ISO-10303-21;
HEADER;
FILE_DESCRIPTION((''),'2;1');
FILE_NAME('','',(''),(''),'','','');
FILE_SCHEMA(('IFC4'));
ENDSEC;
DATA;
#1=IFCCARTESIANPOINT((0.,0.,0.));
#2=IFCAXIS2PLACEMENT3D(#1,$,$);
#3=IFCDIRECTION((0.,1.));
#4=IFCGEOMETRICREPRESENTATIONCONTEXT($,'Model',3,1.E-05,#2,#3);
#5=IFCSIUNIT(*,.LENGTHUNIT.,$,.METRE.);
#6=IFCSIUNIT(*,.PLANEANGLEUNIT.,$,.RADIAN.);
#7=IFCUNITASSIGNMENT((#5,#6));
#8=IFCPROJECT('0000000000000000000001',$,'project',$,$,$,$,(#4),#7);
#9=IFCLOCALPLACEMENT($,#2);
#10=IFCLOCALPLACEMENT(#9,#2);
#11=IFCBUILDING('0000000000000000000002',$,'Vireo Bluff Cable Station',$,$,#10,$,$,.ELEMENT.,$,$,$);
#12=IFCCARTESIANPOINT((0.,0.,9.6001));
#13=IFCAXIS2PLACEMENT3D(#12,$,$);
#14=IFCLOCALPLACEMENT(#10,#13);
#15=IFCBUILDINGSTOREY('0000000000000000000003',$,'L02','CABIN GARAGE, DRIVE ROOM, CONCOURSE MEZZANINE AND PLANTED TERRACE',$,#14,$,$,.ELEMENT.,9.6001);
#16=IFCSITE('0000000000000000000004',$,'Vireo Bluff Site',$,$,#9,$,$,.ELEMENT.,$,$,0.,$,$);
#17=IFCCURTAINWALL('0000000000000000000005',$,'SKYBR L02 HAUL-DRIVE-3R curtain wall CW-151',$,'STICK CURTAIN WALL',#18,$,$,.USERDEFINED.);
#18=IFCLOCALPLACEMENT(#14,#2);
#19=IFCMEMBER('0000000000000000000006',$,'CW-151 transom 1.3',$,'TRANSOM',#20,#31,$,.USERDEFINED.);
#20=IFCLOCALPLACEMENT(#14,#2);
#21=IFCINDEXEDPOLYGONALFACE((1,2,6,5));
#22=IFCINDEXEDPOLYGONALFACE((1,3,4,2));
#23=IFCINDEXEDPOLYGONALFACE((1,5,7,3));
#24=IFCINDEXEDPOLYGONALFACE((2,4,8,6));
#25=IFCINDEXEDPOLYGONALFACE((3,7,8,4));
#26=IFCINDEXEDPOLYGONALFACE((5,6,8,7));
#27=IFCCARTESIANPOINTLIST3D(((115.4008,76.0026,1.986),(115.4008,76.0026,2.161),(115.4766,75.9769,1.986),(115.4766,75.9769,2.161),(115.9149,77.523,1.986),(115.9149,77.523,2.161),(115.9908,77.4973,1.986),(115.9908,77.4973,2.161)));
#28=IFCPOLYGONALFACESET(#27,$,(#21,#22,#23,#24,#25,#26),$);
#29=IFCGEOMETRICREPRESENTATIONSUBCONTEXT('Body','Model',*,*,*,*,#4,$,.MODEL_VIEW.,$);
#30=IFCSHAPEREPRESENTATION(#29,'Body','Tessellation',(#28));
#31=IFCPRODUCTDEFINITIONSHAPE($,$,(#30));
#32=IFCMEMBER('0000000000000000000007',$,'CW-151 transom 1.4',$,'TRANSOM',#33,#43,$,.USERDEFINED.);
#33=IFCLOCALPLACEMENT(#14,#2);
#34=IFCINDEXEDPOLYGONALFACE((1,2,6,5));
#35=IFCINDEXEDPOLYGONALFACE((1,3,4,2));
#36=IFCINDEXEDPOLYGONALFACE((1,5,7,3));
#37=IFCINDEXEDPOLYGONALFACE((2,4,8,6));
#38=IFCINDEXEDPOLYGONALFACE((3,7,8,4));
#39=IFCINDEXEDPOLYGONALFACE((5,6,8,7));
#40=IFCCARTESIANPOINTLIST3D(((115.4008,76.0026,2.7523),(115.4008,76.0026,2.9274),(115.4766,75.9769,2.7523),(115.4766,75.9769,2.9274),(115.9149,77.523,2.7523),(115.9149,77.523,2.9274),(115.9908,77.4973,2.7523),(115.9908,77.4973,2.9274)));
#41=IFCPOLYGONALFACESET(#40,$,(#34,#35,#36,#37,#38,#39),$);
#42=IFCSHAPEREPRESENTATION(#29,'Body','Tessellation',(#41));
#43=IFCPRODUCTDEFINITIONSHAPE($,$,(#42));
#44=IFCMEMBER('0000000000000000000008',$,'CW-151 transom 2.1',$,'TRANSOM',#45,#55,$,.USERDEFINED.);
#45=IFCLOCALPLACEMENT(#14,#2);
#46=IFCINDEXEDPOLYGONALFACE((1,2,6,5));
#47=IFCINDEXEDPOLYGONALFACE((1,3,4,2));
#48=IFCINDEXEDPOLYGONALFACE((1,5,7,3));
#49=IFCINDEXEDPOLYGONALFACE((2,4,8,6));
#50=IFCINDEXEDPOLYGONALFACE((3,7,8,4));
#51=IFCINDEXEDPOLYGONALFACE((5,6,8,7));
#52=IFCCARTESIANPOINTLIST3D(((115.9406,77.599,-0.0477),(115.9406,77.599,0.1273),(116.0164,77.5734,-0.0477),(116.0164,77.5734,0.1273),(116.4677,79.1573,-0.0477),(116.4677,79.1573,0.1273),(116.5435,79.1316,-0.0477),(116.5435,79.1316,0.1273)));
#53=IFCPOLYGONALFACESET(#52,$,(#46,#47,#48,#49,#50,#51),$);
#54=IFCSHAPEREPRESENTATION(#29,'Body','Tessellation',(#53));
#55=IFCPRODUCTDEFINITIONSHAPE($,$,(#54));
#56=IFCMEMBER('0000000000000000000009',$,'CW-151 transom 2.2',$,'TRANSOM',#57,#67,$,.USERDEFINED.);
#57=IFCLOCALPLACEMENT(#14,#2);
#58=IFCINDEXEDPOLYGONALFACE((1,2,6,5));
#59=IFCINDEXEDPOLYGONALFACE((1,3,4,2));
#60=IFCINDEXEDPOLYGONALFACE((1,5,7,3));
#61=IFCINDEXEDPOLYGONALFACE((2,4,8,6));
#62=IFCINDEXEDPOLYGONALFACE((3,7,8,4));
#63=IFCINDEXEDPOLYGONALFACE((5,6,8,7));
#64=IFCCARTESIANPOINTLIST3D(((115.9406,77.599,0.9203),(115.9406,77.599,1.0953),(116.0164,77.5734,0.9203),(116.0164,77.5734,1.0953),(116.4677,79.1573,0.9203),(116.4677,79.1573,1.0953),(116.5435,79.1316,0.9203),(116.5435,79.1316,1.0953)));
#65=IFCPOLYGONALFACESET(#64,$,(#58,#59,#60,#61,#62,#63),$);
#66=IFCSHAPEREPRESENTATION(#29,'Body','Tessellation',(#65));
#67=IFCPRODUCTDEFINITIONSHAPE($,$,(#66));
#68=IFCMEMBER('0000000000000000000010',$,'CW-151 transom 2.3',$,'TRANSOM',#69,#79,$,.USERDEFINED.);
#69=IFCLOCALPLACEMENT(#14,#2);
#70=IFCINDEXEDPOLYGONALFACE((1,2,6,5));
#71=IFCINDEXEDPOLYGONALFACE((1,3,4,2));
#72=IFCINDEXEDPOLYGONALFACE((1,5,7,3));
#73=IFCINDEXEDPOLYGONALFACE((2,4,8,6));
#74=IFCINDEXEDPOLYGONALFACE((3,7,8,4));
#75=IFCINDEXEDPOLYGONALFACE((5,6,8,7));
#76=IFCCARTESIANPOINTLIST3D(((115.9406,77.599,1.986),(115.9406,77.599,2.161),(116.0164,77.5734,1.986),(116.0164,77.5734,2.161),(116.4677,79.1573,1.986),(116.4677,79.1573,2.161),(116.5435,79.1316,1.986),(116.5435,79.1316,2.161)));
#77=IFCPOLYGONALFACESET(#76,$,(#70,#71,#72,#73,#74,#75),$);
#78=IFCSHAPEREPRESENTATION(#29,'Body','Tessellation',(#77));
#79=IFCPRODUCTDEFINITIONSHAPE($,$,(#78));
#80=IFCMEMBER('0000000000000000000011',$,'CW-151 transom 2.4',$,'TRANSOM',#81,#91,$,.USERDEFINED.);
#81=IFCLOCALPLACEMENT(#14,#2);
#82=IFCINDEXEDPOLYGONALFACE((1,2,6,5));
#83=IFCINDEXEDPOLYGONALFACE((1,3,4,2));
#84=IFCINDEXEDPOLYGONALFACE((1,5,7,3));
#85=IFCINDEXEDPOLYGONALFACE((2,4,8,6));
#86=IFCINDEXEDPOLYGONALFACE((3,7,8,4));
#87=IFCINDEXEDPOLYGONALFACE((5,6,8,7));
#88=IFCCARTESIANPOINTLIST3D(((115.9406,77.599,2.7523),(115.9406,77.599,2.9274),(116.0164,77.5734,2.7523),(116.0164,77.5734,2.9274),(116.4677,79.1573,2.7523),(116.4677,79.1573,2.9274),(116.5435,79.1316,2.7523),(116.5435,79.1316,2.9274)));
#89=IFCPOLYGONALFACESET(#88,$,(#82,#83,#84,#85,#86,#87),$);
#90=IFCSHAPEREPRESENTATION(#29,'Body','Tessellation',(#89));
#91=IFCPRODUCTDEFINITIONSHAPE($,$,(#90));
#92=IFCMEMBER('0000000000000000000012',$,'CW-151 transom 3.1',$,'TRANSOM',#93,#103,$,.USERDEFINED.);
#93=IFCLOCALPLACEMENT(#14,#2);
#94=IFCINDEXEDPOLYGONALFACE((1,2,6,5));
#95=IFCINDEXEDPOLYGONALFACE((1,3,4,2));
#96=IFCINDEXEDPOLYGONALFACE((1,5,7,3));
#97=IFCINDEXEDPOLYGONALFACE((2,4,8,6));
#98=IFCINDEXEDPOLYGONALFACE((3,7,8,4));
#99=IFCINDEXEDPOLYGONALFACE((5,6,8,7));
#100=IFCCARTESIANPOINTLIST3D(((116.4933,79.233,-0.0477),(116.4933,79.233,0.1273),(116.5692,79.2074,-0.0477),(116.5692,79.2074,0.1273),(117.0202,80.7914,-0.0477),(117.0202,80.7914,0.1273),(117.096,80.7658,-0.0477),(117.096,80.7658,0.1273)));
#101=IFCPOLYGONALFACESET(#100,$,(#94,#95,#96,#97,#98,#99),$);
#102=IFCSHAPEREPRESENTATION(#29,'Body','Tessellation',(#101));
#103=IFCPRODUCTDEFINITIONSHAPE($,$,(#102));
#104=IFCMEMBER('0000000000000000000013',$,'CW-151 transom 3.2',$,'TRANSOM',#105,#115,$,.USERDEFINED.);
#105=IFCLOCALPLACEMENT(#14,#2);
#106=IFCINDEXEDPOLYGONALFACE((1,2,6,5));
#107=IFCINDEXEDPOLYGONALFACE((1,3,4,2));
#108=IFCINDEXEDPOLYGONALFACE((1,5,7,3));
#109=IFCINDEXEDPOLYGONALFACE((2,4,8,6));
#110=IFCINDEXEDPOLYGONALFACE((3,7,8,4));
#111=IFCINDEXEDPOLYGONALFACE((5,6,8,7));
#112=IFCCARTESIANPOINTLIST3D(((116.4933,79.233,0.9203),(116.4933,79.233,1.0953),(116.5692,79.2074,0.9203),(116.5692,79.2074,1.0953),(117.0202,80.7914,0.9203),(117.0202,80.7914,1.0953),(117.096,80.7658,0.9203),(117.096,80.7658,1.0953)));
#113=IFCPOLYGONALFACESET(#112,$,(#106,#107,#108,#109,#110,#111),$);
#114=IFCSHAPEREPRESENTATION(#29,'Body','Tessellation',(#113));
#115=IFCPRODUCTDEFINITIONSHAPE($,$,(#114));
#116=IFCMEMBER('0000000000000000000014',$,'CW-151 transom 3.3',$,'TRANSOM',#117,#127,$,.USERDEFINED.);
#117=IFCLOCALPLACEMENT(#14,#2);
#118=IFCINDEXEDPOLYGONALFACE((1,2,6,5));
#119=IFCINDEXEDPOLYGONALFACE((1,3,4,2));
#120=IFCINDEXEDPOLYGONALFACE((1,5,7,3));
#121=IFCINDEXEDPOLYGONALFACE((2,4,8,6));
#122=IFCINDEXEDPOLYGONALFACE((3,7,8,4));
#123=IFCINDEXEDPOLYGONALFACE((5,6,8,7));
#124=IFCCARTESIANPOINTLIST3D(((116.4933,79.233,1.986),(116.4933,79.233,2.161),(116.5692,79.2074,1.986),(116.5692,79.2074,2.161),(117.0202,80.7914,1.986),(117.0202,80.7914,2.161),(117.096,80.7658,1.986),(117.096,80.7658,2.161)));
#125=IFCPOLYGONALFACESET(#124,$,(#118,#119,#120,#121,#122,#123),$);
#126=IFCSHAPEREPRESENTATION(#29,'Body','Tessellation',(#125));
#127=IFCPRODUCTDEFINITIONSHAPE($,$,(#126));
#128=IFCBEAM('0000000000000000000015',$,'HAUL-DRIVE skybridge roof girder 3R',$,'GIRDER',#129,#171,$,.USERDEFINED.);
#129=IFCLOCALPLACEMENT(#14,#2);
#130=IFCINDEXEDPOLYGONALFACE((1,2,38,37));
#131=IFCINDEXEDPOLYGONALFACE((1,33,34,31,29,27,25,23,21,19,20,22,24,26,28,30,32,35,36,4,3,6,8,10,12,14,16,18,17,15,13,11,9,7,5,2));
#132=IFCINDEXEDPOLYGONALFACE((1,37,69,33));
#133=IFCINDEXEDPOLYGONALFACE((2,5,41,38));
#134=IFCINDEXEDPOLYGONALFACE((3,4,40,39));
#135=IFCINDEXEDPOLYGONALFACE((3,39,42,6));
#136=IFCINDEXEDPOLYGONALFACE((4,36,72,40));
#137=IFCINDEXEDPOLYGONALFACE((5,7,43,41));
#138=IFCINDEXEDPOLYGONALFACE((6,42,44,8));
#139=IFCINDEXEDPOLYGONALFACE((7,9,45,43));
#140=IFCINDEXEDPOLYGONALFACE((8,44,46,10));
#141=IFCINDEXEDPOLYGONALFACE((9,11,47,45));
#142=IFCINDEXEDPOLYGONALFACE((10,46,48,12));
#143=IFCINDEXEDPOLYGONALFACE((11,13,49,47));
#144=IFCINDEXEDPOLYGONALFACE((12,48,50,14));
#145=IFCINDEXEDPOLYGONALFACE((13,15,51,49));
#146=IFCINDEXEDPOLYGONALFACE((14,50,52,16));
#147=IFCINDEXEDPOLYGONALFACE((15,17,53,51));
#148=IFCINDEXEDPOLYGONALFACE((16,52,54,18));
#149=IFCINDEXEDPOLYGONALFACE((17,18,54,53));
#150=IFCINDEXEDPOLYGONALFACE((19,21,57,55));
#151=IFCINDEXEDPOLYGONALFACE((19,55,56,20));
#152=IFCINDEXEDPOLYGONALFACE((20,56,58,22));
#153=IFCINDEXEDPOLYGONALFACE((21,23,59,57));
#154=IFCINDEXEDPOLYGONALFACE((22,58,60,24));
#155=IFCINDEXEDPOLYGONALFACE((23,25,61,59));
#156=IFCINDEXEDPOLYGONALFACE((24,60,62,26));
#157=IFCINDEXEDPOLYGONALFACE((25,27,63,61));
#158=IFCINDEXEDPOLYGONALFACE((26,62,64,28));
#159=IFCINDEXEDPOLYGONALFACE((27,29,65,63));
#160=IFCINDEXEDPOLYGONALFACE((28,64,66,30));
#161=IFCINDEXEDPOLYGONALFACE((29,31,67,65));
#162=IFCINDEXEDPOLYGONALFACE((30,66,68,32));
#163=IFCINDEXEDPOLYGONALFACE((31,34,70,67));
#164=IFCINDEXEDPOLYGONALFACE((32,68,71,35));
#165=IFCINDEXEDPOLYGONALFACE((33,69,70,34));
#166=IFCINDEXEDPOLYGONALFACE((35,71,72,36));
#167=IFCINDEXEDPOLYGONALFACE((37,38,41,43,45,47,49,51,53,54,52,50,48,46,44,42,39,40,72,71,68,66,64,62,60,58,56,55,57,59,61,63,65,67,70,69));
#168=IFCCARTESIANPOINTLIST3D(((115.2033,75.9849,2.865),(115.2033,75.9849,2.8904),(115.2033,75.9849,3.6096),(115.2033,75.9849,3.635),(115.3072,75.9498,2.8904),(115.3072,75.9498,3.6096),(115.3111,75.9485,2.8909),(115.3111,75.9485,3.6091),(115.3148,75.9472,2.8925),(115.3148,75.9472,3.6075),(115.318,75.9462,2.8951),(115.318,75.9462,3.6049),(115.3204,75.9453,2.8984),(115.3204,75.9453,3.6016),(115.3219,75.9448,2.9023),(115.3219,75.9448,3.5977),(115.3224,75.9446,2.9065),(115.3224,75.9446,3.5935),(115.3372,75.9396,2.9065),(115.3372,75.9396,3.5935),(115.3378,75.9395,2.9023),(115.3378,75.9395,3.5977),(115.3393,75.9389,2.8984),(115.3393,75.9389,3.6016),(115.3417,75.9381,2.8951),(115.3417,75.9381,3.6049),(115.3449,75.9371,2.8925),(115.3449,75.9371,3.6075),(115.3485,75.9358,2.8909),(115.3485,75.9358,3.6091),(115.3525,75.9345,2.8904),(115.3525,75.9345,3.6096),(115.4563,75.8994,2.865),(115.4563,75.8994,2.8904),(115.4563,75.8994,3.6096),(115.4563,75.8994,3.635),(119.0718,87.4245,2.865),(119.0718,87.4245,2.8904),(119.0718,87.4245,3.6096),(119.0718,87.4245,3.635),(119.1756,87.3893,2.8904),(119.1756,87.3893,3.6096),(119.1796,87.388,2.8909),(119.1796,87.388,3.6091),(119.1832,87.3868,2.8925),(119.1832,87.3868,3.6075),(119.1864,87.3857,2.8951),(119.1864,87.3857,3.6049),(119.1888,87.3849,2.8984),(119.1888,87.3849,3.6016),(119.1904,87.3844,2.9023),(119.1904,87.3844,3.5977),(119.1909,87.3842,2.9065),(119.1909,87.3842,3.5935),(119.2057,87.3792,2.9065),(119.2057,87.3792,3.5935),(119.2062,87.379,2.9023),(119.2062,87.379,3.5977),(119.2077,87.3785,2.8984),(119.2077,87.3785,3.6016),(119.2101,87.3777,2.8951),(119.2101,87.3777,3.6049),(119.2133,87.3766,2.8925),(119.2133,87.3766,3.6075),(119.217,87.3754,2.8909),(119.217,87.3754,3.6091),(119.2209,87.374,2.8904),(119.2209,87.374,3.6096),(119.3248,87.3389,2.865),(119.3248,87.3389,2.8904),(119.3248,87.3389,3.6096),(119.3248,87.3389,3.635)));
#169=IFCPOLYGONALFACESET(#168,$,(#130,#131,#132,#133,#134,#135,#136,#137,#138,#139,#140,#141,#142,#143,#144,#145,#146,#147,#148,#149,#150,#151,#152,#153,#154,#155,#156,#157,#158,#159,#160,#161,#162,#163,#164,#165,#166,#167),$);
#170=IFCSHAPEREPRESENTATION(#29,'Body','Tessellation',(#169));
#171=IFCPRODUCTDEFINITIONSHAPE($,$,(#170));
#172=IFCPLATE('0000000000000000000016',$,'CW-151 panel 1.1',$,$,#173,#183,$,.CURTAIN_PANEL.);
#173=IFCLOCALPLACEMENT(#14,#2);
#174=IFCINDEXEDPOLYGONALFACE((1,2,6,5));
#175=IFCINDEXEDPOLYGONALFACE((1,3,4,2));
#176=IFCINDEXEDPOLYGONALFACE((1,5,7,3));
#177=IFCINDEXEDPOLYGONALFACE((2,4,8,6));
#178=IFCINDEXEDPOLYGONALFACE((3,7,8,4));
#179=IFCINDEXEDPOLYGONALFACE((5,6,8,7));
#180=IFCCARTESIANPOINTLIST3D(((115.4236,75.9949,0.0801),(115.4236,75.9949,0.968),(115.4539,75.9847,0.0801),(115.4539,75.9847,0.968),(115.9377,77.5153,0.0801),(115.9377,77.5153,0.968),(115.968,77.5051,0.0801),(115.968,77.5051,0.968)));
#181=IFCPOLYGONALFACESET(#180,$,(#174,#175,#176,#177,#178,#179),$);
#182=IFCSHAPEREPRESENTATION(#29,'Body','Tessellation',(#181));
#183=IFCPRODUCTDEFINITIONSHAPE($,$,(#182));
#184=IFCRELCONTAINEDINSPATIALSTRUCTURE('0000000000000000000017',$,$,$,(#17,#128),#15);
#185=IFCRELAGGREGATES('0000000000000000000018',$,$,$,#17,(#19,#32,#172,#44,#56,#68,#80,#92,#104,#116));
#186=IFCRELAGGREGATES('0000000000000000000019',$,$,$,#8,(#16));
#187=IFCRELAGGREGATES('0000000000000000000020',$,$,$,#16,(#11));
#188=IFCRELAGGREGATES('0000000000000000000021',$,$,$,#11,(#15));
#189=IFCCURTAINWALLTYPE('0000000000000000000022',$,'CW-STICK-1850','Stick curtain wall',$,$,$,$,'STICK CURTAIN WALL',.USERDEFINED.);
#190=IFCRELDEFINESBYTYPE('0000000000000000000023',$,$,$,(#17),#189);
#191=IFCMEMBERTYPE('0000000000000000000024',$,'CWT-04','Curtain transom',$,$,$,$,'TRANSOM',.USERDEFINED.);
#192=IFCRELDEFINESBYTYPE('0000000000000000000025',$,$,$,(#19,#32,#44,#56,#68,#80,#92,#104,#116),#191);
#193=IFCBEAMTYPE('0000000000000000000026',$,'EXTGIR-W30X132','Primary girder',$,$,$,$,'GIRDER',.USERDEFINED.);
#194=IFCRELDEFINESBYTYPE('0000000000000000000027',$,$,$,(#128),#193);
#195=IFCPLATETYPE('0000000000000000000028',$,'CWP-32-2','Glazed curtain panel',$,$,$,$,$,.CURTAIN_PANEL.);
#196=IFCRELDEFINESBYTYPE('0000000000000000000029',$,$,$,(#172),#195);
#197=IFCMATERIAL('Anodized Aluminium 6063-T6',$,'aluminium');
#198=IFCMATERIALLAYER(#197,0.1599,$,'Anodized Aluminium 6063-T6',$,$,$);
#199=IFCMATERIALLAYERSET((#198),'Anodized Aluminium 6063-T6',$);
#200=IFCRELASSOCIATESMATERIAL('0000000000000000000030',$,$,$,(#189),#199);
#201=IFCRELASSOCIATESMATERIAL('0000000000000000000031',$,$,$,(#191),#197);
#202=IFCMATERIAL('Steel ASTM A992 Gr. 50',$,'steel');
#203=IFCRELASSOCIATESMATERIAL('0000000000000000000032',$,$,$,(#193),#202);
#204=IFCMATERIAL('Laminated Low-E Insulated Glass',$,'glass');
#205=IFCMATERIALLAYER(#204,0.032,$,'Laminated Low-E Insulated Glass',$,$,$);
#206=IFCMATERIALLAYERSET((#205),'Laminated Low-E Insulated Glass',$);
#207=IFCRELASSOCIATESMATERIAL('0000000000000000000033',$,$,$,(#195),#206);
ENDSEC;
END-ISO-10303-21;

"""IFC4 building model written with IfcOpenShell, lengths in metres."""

from ifc_helpers import new_model, si_unit, direction, frame, origin, origin_2d, place, context, subcontext, project, spatial, rectangle, i_section, extrude, material, layer, layer_set, material_profile, profile_set, type_object, element, aggregate, save


model = new_model("IFC4")

# Units and contexts
model_context = context("Model", 3, precision=1e-05, world=origin(), true_north=direction((0.0, 1.0)))
body_context = subcontext(model_context, "Body", "Model", "MODEL_VIEW")
ifc_project = project(units=[si_unit("LENGTHUNIT", "METRE"), si_unit("PLANEANGLEUNIT", "RADIAN")], contexts=[model_context])

# Site, building, storey
site_placement = place(None, origin())
site = spatial("IfcSite", under=ifc_project, at=site_placement, Name="Vireo Bluff Site", CompositionType="ELEMENT", RefElevation=0.0)
building_placement = place(site_placement, origin())
building = spatial("IfcBuilding", under=site, at=building_placement, Name="Vireo Bluff Cable Station", CompositionType="ELEMENT")
storey_placement = place(building_placement, frame((0.0, 0.0, 9.6001)))
storey = spatial("IfcBuildingStorey", under=building, at=storey_placement, Name="L02", Description="CABIN GARAGE, DRIVE ROOM, CONCOURSE MEZZANINE AND PLANTED TERRACE", CompositionType="ELEMENT", Elevation=9.6001)

# Shared definitions
ifc_material_1 = material(Name="Steel ASTM A992 Gr. 50", Category="steel")

# Shared definitions
ifc_material_2 = material(Name="Anodized Aluminium 6063-T6", Category="aluminium")
ifc_layer_1 = layer(ifc_material_2, 0.1599, Name="Anodized Aluminium 6063-T6")
ifc_layer_set_1 = layer_set([ifc_layer_1], Name="Anodized Aluminium 6063-T6")
curtain_wall_type = type_object("IfcCurtainWallType", Name="CW-STICK-1850", Description="Stick curtain wall", ElementType="STICK CURTAIN WALL", PredefinedType="USERDEFINED", material=ifc_layer_set_1)

# Curtain wall, members
curtain_wall_1_placement = place(storey_placement, origin())
curtain_wall_1 = element("IfcCurtainWall", 1, at=curtain_wall_1_placement, inside=storey, type_object=curtain_wall_type, Name="SKYBR L02 HAUL-DRIVE-3R curtain wall CW-151", ObjectType="STICK CURTAIN WALL", PredefinedType="USERDEFINED")
ifc_material_profile_1 = material_profile(ifc_material_2, rectangle(XDim=0.0801, YDim=0.175, at=origin_2d()), Name="ALU-T-80X175")
ifc_profile_set_1 = profile_set([ifc_material_profile_1], Name="Anodized Aluminium 6063-T6")
member_type_1 = type_object("IfcMemberType", Name="CWT-04", Description="Curtain transom", ElementType="TRANSOM", PredefinedType="USERDEFINED", material=ifc_profile_set_1)
member_1_placement = place(storey_placement, frame((115.4387, 75.9897, 2.0735), z_axis=(0.320332, 0.947305, 0.0), x_axis=(-0.947305, 0.320332, 0.0)))
member_1 = element("IfcMember", 2, at=member_1_placement, type_object=member_type_1, Name="CW-151 transom 1.3", ObjectType="TRANSOM", PredefinedType="USERDEFINED", context=body_context, shape_type="SweptSolid", body=[
    extrude(rectangle(XDim=0.0801, YDim=0.175, at=origin_2d()), origin(), (0.0, 0.0, 1.0), 1.605),
])
member_2_placement = place(storey_placement, frame((115.4387, 75.9897, 2.8398), z_axis=(0.320332, 0.947305, 0.0), x_axis=(-0.947305, 0.320332, 0.0)))
member_2 = element("IfcMember", 3, at=member_2_placement, type_object=member_type_1, Name="CW-151 transom 1.4", ObjectType="TRANSOM", PredefinedType="USERDEFINED", context=body_context, shape_type="SweptSolid", body=[
    extrude(rectangle(XDim=0.0801, YDim=0.175, at=origin_2d()), origin(), (0.0, 0.0, 1.0), 1.605),
])
member_3_placement = place(storey_placement, frame((115.9785, 77.5862, 0.0398), z_axis=(0.32041, 0.947279, 0.0), x_axis=(-0.947279, 0.32041, 0.0)))
member_3 = element("IfcMember", 4, at=member_3_placement, type_object=member_type_1, Name="CW-151 transom 2.1", ObjectType="TRANSOM", PredefinedType="USERDEFINED", context=body_context, shape_type="SweptSolid", body=[
    extrude(rectangle(XDim=0.0801, YDim=0.175, at=origin_2d()), origin(), (0.0, 0.0, 1.0), 1.645),
])
member_4_placement = place(storey_placement, frame((115.9785, 77.5862, 1.0078), z_axis=(0.32041, 0.947279, 0.0), x_axis=(-0.947279, 0.32041, 0.0)))
member_4 = element("IfcMember", 5, at=member_4_placement, type_object=member_type_1, Name="CW-151 transom 2.2", ObjectType="TRANSOM", PredefinedType="USERDEFINED", context=body_context, shape_type="SweptSolid", body=[
    extrude(rectangle(XDim=0.0801, YDim=0.175, at=origin_2d()), origin(), (0.0, 0.0, 1.0), 1.645),
])
member_5_placement = place(storey_placement, frame((115.9785, 77.5862, 2.0735), z_axis=(0.32041, 0.947279, 0.0), x_axis=(-0.947279, 0.32041, 0.0)))
member_5 = element("IfcMember", 6, at=member_5_placement, type_object=member_type_1, Name="CW-151 transom 2.3", ObjectType="TRANSOM", PredefinedType="USERDEFINED", context=body_context, shape_type="SweptSolid", body=[
    extrude(rectangle(XDim=0.0801, YDim=0.175, at=origin_2d()), origin(), (0.0, 0.0, 1.0), 1.645),
])
member_6_placement = place(storey_placement, frame((115.9785, 77.5862, 2.8398), z_axis=(0.32041, 0.947279, 0.0), x_axis=(-0.947279, 0.32041, 0.0)))
member_6 = element("IfcMember", 7, at=member_6_placement, type_object=member_type_1, Name="CW-151 transom 2.4", ObjectType="TRANSOM", PredefinedType="USERDEFINED", context=body_context, shape_type="SweptSolid", body=[
    extrude(rectangle(XDim=0.0801, YDim=0.175, at=origin_2d()), origin(), (0.0, 0.0, 1.0), 1.645),
])
member_7_placement = place(storey_placement, frame((116.5312, 79.2202, 0.0398), z_axis=(0.320277, 0.947324, 0.0), x_axis=(-0.947324, 0.320277, 0.0)))
member_7 = element("IfcMember", 8, at=member_7_placement, type_object=member_type_1, Name="CW-151 transom 3.1", ObjectType="TRANSOM", PredefinedType="USERDEFINED", context=body_context, shape_type="SweptSolid", body=[
    extrude(rectangle(XDim=0.0801, YDim=0.175, at=origin_2d()), origin(), (0.0, 0.0, 1.0), 1.645),
])
member_8_placement = place(storey_placement, frame((116.5312, 79.2202, 1.0078), z_axis=(0.320277, 0.947324, 0.0), x_axis=(-0.947324, 0.320277, 0.0)))
member_8 = element("IfcMember", 9, at=member_8_placement, type_object=member_type_1, Name="CW-151 transom 3.2", ObjectType="TRANSOM", PredefinedType="USERDEFINED", context=body_context, shape_type="SweptSolid", body=[
    extrude(rectangle(XDim=0.0801, YDim=0.175, at=origin_2d()), origin(), (0.0, 0.0, 1.0), 1.645),
])
member_9_placement = place(storey_placement, frame((116.5312, 79.2202, 2.0735), z_axis=(0.320277, 0.947324, 0.0), x_axis=(-0.947324, 0.320277, 0.0)))
member_9 = element("IfcMember", 10, at=member_9_placement, type_object=member_type_1, Name="CW-151 transom 3.3", ObjectType="TRANSOM", PredefinedType="USERDEFINED", context=body_context, shape_type="SweptSolid", body=[
    extrude(rectangle(XDim=0.0801, YDim=0.175, at=origin_2d()), origin(), (0.0, 0.0, 1.0), 1.645),
])

# Beam
ifc_material_profile_2 = material_profile(ifc_material_1, i_section(OverallWidth=0.2671, OverallDepth=0.77, WebThickness=0.0156, FlangeThickness=0.0254, FilletRadius=0.0161, at=origin_2d()), Name="W30X132")
ifc_profile_set_2 = profile_set([ifc_material_profile_2], Name="Steel ASTM A992 Gr. 50")
beam_type = type_object("IfcBeamType", Name="EXTGIR-W30X132", Description="Primary girder", ElementType="GIRDER", PredefinedType="USERDEFINED", material=ifc_profile_set_2)
beam_placement = place(storey_placement, frame((115.3298, 75.9421, 3.25), z_axis=(0.320343, 0.947302, 0.0), x_axis=(-0.947302, 0.320343, 0.0)))
element("IfcBeam", 11, at=beam_placement, inside=storey, type_object=beam_type, Name="HAUL-DRIVE skybridge roof girder 3R", ObjectType="GIRDER", PredefinedType="USERDEFINED", context=body_context, shape_type="SweptSolid", body=[
    extrude(i_section(OverallWidth=0.2671, OverallDepth=0.77, WebThickness=0.0156, FlangeThickness=0.0254, FilletRadius=0.0161, at=origin_2d()), origin(), (0.0, 0.0, 1.0), 12.0759),
])

# Plate
ifc_material_3 = material(Name="Laminated Low-E Insulated Glass", Category="glass")
ifc_layer_2 = layer(ifc_material_3, 0.032, Name="Laminated Low-E Insulated Glass")
ifc_layer_set_2 = layer_set([ifc_layer_2], Name="Laminated Low-E Insulated Glass")
plate_type = type_object("IfcPlateType", Name="CWP-32-2", Description="Glazed curtain panel", PredefinedType="CURTAIN_PANEL", material=ifc_layer_set_2)
plate_1_placement = place(storey_placement, frame((115.6958, 76.75, 0.0801), z_axis=(0.0, 0.0, 1.0), x_axis=(0.320354, 0.947298, 0.0)))
plate_1 = element("IfcPlate", 12, at=plate_1_placement, type_object=plate_type, Name="CW-151 panel 1.1", PredefinedType="CURTAIN_PANEL", context=body_context, shape_type="SweptSolid", body=[
    extrude(rectangle(XDim=1.605, YDim=0.032, at=origin_2d()), origin(), (0.0, 0.0, 1.0), 0.8879),
])
aggregate(curtain_wall_1, [member_1, member_2, plate_1, member_3, member_4, member_5, member_6, member_7, member_8, member_9])

save(model, "model.ifc")
